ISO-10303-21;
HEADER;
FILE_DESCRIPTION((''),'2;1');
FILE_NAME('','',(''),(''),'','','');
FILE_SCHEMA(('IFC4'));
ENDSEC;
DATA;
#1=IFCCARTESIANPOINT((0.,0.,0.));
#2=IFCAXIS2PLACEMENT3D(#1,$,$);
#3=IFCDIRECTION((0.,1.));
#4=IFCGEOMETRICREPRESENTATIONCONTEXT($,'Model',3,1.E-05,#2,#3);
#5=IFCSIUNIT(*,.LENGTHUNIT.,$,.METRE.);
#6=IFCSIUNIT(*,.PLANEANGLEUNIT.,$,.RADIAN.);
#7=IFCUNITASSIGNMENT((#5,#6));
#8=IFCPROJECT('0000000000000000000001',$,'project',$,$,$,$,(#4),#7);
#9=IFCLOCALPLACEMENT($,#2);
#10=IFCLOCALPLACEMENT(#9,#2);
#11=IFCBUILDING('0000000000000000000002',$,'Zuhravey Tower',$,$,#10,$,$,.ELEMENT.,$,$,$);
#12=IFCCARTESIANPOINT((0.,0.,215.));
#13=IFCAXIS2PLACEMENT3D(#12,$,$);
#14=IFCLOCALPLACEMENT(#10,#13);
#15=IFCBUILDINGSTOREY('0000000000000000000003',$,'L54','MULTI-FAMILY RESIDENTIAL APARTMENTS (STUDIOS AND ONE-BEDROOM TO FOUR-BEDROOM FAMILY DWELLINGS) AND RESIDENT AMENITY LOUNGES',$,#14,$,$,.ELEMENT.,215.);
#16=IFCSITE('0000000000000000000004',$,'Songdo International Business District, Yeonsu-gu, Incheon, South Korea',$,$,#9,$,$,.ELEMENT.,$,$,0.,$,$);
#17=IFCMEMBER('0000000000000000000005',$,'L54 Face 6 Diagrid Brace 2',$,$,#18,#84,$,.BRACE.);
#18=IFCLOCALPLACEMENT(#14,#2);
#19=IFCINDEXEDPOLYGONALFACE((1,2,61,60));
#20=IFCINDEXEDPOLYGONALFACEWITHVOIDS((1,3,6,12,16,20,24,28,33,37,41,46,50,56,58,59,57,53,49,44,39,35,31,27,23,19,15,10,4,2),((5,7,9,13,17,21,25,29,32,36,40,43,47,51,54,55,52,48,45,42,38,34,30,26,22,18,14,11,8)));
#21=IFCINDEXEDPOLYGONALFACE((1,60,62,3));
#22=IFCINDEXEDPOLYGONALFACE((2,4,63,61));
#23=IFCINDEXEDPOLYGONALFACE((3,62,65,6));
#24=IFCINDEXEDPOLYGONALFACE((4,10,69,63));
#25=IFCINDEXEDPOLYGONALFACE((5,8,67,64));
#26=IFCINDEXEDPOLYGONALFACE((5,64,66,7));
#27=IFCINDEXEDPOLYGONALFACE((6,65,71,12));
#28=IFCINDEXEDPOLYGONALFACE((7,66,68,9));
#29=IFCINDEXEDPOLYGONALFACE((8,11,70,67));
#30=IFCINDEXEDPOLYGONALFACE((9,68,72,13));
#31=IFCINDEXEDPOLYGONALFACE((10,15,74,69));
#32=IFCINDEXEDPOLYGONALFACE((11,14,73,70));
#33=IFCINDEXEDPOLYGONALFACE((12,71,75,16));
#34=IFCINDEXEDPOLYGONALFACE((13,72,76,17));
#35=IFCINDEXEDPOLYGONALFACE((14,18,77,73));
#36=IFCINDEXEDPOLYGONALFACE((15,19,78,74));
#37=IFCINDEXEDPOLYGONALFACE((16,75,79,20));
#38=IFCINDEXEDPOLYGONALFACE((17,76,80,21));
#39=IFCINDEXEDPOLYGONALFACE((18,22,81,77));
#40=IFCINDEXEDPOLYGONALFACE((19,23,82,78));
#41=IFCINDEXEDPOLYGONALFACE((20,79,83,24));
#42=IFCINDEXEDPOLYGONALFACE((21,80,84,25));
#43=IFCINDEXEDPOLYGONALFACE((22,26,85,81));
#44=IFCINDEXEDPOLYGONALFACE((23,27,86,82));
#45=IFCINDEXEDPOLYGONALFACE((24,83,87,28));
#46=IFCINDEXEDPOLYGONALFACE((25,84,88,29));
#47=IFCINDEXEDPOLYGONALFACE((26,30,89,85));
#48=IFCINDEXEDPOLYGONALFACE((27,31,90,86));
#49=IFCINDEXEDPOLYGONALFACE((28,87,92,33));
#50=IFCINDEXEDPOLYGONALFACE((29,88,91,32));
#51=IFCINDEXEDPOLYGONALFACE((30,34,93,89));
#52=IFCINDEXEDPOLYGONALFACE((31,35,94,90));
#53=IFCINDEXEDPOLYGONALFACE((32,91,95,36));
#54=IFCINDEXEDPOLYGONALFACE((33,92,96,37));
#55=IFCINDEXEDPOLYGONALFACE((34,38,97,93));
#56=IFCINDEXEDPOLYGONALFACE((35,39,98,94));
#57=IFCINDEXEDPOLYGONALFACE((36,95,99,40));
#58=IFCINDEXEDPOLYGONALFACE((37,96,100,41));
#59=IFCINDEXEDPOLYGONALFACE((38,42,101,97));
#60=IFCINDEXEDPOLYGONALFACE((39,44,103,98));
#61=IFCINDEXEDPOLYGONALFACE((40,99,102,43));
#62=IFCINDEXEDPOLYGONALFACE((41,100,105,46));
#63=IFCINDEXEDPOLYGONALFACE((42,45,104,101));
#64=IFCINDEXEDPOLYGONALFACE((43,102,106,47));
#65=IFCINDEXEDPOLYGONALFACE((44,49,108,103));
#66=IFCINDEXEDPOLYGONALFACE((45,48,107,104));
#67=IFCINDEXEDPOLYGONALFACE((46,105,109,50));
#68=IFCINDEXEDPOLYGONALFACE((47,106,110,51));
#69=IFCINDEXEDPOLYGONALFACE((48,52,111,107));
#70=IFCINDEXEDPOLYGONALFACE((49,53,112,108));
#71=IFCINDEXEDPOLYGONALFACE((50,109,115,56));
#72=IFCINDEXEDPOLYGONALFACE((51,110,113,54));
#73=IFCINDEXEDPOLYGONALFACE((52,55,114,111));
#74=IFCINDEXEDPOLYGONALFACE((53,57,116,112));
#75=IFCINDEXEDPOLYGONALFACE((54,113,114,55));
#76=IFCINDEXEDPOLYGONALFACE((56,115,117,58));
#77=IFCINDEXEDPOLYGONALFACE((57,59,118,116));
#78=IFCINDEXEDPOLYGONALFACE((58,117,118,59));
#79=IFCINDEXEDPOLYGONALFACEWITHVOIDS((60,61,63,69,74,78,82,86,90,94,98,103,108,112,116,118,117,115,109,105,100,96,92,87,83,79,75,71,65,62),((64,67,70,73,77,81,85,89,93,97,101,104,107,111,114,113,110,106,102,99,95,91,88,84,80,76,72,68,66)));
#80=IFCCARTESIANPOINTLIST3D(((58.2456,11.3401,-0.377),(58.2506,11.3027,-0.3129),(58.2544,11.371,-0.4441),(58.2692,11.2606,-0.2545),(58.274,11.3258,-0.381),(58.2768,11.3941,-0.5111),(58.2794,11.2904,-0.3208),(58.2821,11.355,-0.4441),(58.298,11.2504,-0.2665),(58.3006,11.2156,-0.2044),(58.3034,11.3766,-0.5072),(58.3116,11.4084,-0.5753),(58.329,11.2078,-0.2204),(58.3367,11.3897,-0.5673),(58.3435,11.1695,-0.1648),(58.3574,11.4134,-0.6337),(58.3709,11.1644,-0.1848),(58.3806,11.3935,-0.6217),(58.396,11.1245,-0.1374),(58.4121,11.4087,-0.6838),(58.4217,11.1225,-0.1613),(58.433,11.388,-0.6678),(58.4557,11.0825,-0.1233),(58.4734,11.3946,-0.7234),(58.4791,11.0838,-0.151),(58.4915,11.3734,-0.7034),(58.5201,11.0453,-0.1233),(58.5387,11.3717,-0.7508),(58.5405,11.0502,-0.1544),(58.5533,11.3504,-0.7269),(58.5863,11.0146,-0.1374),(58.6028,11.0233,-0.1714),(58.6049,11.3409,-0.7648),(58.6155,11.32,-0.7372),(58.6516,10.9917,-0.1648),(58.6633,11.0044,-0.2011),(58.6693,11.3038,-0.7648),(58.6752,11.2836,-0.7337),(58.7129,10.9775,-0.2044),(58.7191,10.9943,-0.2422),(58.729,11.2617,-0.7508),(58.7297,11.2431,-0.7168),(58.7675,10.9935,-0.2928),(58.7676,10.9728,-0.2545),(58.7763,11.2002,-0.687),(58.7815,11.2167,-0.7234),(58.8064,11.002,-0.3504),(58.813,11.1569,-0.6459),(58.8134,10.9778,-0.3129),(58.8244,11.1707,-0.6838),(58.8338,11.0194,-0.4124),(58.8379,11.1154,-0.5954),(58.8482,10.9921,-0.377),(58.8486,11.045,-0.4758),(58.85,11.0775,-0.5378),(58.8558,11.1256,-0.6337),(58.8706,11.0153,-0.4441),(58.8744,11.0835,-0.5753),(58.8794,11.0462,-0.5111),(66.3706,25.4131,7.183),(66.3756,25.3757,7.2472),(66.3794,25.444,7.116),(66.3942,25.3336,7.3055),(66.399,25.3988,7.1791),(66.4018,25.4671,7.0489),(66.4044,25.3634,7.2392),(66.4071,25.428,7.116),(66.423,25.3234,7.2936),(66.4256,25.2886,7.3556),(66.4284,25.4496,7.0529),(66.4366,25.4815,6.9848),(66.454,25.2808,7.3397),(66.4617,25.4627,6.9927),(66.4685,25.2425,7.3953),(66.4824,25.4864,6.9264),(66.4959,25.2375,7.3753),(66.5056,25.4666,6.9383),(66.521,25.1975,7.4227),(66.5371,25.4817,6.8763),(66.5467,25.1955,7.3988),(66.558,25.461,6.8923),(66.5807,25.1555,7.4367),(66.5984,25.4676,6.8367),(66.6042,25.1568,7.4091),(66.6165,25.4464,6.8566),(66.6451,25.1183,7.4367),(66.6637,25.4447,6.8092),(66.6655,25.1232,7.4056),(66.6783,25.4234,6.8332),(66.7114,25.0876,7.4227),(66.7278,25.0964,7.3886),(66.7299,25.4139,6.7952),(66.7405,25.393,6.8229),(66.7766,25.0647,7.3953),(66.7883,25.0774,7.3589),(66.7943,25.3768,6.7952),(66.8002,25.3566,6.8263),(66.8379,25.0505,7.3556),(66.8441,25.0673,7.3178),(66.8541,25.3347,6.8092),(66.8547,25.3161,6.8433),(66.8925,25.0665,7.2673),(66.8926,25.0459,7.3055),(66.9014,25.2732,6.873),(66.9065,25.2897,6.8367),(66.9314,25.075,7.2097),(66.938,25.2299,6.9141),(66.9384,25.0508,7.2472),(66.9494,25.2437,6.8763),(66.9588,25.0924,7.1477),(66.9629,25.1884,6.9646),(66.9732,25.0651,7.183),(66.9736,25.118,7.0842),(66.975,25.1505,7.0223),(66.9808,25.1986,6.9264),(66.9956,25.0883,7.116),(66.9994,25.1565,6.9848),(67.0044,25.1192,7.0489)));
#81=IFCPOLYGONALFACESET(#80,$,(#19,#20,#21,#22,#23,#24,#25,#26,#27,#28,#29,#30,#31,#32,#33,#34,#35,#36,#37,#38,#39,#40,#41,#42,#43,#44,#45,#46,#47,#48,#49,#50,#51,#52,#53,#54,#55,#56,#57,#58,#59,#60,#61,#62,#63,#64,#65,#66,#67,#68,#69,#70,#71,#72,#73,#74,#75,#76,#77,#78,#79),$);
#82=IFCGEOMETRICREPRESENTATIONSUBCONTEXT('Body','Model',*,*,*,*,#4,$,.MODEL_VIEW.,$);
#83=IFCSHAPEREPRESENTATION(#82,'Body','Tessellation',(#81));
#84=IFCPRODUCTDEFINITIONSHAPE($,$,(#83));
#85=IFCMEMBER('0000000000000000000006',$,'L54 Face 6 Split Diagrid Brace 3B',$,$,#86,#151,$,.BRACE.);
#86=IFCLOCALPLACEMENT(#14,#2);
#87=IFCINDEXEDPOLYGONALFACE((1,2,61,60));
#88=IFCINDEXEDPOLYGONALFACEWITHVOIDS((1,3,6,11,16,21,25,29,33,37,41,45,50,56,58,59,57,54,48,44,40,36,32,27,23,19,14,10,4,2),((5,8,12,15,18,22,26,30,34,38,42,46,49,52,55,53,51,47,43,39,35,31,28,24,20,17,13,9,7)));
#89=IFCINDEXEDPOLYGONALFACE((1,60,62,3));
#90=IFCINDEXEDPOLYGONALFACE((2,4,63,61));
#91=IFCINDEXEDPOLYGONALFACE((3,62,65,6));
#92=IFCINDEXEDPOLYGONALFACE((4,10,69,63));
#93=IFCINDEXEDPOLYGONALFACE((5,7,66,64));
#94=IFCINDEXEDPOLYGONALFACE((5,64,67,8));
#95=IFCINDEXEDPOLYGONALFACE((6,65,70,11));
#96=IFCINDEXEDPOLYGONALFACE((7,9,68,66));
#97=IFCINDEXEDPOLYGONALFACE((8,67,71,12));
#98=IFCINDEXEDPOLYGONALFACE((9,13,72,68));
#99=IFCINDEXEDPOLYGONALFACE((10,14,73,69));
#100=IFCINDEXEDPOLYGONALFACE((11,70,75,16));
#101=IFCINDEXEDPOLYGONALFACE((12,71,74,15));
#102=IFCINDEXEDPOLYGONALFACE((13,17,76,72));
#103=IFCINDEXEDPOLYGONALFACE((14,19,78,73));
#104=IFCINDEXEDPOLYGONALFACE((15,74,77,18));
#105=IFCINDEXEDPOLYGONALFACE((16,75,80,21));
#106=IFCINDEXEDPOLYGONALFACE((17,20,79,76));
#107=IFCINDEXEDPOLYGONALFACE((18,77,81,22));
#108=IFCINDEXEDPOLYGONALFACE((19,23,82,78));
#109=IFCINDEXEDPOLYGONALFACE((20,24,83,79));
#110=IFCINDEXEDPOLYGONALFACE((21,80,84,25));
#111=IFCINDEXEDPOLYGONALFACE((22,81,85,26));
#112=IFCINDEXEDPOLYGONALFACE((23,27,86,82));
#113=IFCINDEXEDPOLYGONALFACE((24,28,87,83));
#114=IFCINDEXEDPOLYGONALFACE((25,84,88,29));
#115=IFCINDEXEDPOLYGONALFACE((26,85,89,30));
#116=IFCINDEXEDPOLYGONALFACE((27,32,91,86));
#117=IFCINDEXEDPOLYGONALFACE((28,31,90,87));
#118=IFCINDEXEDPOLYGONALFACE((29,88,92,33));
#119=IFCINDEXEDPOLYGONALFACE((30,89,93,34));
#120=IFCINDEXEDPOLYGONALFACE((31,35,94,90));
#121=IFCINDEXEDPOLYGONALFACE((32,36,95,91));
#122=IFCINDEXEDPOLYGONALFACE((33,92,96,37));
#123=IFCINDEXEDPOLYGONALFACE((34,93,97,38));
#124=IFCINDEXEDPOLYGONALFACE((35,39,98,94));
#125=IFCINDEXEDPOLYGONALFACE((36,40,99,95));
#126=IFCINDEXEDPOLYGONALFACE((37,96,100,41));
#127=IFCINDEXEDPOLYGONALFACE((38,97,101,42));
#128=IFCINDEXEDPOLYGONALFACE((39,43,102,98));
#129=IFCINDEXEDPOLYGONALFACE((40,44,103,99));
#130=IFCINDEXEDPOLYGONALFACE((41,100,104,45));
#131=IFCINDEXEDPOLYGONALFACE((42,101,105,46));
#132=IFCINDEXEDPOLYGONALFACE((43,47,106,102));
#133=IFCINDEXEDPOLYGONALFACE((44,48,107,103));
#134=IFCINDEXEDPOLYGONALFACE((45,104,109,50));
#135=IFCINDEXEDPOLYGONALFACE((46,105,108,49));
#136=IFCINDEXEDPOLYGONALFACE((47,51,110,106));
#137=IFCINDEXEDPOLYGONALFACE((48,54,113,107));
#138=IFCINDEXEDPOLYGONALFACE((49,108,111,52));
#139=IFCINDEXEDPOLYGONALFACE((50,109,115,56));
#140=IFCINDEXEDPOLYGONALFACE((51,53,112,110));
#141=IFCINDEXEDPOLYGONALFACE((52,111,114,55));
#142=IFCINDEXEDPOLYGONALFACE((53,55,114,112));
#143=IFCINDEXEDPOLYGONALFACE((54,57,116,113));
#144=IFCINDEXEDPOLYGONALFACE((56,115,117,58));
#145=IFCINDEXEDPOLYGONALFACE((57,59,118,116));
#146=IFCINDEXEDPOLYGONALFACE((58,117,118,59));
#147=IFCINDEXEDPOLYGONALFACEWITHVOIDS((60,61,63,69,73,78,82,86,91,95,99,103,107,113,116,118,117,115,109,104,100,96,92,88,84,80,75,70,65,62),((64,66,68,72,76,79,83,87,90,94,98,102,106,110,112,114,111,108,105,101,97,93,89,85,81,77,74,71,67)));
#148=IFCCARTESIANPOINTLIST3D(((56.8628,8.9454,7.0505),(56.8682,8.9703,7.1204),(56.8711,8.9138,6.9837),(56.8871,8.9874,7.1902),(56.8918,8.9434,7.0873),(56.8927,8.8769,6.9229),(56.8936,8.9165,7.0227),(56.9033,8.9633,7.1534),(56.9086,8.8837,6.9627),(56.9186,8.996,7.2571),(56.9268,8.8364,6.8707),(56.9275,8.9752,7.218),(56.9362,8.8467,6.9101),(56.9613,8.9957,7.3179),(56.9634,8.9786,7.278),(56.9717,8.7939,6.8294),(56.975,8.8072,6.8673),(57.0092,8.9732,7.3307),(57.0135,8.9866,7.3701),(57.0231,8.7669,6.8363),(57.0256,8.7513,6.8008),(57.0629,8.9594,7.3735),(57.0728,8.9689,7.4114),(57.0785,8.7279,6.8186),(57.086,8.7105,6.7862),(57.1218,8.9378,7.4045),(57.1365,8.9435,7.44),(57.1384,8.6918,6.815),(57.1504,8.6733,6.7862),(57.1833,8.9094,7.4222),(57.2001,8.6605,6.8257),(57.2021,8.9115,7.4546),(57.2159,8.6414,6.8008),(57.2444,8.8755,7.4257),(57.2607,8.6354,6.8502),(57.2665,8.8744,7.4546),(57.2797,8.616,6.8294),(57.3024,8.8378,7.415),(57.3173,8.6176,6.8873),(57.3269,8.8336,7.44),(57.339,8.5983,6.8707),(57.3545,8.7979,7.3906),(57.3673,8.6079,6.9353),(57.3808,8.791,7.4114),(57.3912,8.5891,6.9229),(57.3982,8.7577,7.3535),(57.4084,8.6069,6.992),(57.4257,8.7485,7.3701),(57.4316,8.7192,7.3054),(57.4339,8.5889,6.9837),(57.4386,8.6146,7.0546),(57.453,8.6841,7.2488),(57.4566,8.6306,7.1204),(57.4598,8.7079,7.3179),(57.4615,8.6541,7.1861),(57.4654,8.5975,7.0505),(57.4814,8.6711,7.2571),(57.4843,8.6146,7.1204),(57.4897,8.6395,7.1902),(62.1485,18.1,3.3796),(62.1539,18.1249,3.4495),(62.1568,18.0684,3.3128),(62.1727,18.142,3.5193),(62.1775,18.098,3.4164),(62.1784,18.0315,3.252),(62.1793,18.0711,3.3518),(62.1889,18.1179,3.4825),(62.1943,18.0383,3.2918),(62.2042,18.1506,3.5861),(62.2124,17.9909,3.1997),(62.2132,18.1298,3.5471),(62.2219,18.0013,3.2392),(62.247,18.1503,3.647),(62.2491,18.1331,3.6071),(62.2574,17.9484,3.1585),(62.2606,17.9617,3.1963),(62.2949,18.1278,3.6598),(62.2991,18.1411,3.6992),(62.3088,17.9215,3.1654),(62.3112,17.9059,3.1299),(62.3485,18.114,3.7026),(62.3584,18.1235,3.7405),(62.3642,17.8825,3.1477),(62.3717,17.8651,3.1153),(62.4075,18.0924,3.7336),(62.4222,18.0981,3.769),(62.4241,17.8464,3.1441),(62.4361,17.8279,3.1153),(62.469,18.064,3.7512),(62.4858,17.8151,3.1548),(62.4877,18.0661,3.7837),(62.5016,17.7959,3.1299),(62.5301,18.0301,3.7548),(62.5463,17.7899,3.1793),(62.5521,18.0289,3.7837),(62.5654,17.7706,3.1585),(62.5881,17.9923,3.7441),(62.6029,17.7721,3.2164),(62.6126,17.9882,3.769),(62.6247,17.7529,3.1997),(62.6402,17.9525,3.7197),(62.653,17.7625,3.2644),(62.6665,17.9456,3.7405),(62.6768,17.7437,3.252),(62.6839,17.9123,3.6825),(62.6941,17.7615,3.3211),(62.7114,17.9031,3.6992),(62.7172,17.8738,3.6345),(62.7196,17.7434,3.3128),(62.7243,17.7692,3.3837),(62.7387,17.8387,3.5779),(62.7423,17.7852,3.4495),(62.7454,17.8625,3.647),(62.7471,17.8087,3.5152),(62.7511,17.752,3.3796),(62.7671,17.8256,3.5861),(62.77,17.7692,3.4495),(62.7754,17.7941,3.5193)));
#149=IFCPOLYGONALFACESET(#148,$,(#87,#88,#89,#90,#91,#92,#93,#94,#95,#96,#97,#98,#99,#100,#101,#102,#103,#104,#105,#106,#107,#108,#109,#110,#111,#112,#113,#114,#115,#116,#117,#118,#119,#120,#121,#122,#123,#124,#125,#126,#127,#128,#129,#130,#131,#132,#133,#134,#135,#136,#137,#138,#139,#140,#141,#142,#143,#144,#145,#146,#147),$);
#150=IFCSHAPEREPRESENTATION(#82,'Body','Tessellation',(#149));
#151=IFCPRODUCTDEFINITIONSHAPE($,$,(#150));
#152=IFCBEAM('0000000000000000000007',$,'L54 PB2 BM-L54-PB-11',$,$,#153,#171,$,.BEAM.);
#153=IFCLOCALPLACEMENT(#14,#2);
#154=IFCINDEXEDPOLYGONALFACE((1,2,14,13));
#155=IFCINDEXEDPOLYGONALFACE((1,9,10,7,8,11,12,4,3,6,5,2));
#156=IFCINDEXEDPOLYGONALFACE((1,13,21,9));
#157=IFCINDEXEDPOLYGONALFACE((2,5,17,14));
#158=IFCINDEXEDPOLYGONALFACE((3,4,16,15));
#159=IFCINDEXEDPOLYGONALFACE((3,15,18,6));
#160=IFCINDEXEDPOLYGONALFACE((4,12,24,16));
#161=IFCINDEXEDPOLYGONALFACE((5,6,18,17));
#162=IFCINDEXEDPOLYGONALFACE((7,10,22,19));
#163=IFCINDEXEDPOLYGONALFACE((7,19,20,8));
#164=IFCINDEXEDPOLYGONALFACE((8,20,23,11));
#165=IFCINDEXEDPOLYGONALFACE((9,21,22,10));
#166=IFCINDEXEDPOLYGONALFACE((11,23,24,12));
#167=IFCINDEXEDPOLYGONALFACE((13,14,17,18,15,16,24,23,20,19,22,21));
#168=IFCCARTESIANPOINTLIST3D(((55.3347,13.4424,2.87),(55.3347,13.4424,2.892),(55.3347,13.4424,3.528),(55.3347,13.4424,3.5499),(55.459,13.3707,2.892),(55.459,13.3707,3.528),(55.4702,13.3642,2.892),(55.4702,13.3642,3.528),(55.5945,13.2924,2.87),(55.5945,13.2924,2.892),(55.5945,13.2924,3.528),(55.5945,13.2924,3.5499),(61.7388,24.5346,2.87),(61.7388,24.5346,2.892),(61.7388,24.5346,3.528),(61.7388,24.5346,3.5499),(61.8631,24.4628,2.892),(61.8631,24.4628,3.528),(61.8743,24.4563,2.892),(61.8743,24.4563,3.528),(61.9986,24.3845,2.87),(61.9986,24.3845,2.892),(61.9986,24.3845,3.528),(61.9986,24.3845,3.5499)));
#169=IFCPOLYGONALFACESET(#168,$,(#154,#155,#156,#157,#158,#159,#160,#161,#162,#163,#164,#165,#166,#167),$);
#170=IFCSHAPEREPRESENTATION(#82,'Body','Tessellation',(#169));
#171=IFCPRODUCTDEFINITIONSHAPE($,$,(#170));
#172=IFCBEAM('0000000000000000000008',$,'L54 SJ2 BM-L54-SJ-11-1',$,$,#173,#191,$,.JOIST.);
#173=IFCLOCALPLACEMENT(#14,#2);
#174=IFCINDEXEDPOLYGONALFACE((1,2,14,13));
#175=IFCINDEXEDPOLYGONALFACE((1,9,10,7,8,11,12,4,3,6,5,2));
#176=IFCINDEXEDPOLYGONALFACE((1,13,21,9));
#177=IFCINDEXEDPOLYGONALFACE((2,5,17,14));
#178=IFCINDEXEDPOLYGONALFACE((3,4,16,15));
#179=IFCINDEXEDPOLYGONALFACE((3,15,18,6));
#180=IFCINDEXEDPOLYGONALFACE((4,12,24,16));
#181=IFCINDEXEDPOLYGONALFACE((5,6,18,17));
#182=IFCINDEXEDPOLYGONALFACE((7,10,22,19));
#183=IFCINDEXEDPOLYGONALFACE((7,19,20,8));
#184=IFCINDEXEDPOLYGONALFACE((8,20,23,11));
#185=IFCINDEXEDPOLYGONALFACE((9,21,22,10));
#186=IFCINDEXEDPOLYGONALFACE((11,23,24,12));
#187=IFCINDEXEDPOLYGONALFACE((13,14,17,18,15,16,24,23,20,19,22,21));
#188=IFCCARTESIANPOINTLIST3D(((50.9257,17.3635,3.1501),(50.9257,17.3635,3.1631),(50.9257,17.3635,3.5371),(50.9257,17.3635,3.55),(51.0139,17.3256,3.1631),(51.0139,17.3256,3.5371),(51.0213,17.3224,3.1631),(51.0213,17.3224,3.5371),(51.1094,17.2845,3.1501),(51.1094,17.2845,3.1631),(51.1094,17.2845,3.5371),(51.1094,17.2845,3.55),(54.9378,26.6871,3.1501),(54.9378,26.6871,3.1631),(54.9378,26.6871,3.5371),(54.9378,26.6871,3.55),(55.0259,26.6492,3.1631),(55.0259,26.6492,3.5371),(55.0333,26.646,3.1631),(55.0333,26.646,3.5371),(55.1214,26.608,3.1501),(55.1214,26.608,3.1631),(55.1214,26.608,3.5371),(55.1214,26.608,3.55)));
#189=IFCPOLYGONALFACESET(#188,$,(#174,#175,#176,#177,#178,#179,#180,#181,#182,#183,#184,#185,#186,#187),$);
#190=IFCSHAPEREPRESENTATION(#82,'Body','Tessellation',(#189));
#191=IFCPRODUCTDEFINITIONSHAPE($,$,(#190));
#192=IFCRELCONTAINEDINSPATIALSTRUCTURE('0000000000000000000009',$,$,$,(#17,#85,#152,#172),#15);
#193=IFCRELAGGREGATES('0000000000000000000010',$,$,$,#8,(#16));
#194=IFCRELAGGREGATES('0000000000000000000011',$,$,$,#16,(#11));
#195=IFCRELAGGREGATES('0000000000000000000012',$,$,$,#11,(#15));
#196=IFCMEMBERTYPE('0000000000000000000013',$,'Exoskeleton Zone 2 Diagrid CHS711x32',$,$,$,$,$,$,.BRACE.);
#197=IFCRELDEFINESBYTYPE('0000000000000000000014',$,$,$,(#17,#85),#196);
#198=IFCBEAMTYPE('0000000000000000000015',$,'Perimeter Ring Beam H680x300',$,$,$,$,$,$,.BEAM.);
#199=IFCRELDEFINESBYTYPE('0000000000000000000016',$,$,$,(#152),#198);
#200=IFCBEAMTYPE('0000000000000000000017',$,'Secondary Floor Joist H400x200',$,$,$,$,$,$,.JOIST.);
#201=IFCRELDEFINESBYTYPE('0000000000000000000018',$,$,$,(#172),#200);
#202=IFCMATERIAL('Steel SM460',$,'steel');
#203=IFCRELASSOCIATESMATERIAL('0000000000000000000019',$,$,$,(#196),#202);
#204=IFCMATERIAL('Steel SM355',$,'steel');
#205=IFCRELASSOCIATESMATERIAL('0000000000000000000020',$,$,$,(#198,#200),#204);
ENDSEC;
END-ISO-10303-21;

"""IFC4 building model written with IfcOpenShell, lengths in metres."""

from ifc_helpers import new_model, si_unit, direction, frame, origin, origin_2d, place, context, subcontext, project, spatial, hollow_circle, i_section, extrude, material, material_profile, profile_set, type_object, element, save


model = new_model("IFC4")

# Units and contexts
model_context = context("Model", 3, precision=1e-05, world=origin(), true_north=direction((0.0, 1.0)))
body_context = subcontext(model_context, "Body", "Model", "MODEL_VIEW")
ifc_project = project(units=[si_unit("LENGTHUNIT", "METRE"), si_unit("PLANEANGLEUNIT", "RADIAN")], contexts=[model_context])

# Site, building, storey
site_placement = place(None, origin())
site = spatial("IfcSite", under=ifc_project, at=site_placement, Name="Songdo International Business District, Yeonsu-gu, Incheon, South Korea", CompositionType="ELEMENT", RefElevation=0.0)
building_placement = place(site_placement, origin())
building = spatial("IfcBuilding", under=site, at=building_placement, Name="Zuhravey Tower", CompositionType="ELEMENT")
storey_placement = place(building_placement, frame((0.0, 0.0, 215.0)))
storey = spatial("IfcBuildingStorey", under=building, at=storey_placement, Name="L54", Description="MULTI-FAMILY RESIDENTIAL APARTMENTS (STUDIOS AND ONE-BEDROOM TO FOUR-BEDROOM FAMILY DWELLINGS) AND RESIDENT AMENITY LOUNGES", CompositionType="ELEMENT", Elevation=215.0)

# Members
ifc_material_1 = material(Name="Steel SM355", Category="steel")
ifc_material_2 = material(Name="Steel SM460", Category="steel")
ifc_material_profile_1 = material_profile(ifc_material_2, hollow_circle(Radius=0.3557, WallThickness=0.032, at=origin_2d()), Name="CHS-711.2x32")
ifc_profile_set_1 = profile_set([ifc_material_profile_1], Name="Steel SM460")
member_type_1 = type_object("IfcMemberType", Name="Exoskeleton Zone 2 Diagrid CHS711x32", PredefinedType="BRACE", material=ifc_profile_set_1)
member_1_placement = place(storey_placement, frame((58.5625, 11.1931, -0.4441), z_axis=(0.453338, 0.78521, 0.421817), x_axis=(-0.866027, 0.499998, 0.0)))
element("IfcMember", 1, at=member_1_placement, inside=storey, type_object=member_type_1, Name="L54 Face 6 Diagrid Brace 2", PredefinedType="BRACE", context=body_context, shape_type="SweptSolid", body=[
    extrude(hollow_circle(Radius=0.3557, WallThickness=0.032, at=origin_2d()), origin(), (0.0, 0.0, 1.0), 17.9226),
])
member_2_placement = place(storey_placement, frame((62.4619, 17.947, 3.4495), z_axis=(-0.472349, -0.81809, 0.328048), x_axis=(0.866014, -0.500019, 0.0)))
element("IfcMember", 2, at=member_2_placement, inside=storey, type_object=member_type_1, Name="L54 Face 6 Split Diagrid Brace 3B", PredefinedType="BRACE", context=body_context, shape_type="SweptSolid", body=[
    extrude(hollow_circle(Radius=0.3557, WallThickness=0.032, at=origin_2d()), origin(), (0.0, 0.0, 1.0), 11.1902),
])

# Beams
ifc_material_profile_2 = material_profile(ifc_material_1, i_section(OverallWidth=0.3, OverallDepth=0.6799, WebThickness=0.0129, FlangeThickness=0.022, at=origin_2d()), Name="H-680x300x13x22")
ifc_profile_set_2 = profile_set([ifc_material_profile_2], Name="Steel SM355")
beam_type_1 = type_object("IfcBeamType", Name="Perimeter Ring Beam H680x300", PredefinedType="BEAM", material=ifc_profile_set_2)
beam_1_placement = place(storey_placement, frame((55.4646, 13.3674, 3.21), z_axis=(0.500004, 0.866023, 0.0), x_axis=(-0.866023, 0.500004, 0.0)))
element("IfcBeam", 3, at=beam_1_placement, inside=storey, type_object=beam_type_1, Name="L54 PB2 BM-L54-PB-11", PredefinedType="BEAM", context=body_context, shape_type="SweptSolid", body=[
    extrude(i_section(OverallWidth=0.3, OverallDepth=0.6799, WebThickness=0.0129, FlangeThickness=0.022, at=origin_2d()), origin(), (0.0, 0.0, 1.0), 12.8081),
])
ifc_material_profile_3 = material_profile(ifc_material_1, i_section(OverallWidth=0.2, OverallDepth=0.3999, WebThickness=0.0081, FlangeThickness=0.0129, at=origin_2d()), Name="H-400x200x8x13")
ifc_profile_set_3 = profile_set([ifc_material_profile_3], Name="Steel SM355")
beam_type_2 = type_object("IfcBeamType", Name="Secondary Floor Joist H400x200", PredefinedType="JOIST", material=ifc_profile_set_3)
beam_2_placement = place(storey_placement, frame((51.0176, 17.324, 3.3501), z_axis=(0.395266, 0.918567, 0.0), x_axis=(-0.918567, 0.395266, 0.0)))
element("IfcBeam", 4, at=beam_2_placement, inside=storey, type_object=beam_type_2, Name="L54 SJ2 BM-L54-SJ-11-1", PredefinedType="JOIST", context=body_context, shape_type="SweptSolid", body=[
    extrude(i_section(OverallWidth=0.2, OverallDepth=0.3999, WebThickness=0.0081, FlangeThickness=0.0129, at=origin_2d()), origin(), (0.0, 0.0, 1.0), 10.1501),
])

save(model, "model.ifc")
